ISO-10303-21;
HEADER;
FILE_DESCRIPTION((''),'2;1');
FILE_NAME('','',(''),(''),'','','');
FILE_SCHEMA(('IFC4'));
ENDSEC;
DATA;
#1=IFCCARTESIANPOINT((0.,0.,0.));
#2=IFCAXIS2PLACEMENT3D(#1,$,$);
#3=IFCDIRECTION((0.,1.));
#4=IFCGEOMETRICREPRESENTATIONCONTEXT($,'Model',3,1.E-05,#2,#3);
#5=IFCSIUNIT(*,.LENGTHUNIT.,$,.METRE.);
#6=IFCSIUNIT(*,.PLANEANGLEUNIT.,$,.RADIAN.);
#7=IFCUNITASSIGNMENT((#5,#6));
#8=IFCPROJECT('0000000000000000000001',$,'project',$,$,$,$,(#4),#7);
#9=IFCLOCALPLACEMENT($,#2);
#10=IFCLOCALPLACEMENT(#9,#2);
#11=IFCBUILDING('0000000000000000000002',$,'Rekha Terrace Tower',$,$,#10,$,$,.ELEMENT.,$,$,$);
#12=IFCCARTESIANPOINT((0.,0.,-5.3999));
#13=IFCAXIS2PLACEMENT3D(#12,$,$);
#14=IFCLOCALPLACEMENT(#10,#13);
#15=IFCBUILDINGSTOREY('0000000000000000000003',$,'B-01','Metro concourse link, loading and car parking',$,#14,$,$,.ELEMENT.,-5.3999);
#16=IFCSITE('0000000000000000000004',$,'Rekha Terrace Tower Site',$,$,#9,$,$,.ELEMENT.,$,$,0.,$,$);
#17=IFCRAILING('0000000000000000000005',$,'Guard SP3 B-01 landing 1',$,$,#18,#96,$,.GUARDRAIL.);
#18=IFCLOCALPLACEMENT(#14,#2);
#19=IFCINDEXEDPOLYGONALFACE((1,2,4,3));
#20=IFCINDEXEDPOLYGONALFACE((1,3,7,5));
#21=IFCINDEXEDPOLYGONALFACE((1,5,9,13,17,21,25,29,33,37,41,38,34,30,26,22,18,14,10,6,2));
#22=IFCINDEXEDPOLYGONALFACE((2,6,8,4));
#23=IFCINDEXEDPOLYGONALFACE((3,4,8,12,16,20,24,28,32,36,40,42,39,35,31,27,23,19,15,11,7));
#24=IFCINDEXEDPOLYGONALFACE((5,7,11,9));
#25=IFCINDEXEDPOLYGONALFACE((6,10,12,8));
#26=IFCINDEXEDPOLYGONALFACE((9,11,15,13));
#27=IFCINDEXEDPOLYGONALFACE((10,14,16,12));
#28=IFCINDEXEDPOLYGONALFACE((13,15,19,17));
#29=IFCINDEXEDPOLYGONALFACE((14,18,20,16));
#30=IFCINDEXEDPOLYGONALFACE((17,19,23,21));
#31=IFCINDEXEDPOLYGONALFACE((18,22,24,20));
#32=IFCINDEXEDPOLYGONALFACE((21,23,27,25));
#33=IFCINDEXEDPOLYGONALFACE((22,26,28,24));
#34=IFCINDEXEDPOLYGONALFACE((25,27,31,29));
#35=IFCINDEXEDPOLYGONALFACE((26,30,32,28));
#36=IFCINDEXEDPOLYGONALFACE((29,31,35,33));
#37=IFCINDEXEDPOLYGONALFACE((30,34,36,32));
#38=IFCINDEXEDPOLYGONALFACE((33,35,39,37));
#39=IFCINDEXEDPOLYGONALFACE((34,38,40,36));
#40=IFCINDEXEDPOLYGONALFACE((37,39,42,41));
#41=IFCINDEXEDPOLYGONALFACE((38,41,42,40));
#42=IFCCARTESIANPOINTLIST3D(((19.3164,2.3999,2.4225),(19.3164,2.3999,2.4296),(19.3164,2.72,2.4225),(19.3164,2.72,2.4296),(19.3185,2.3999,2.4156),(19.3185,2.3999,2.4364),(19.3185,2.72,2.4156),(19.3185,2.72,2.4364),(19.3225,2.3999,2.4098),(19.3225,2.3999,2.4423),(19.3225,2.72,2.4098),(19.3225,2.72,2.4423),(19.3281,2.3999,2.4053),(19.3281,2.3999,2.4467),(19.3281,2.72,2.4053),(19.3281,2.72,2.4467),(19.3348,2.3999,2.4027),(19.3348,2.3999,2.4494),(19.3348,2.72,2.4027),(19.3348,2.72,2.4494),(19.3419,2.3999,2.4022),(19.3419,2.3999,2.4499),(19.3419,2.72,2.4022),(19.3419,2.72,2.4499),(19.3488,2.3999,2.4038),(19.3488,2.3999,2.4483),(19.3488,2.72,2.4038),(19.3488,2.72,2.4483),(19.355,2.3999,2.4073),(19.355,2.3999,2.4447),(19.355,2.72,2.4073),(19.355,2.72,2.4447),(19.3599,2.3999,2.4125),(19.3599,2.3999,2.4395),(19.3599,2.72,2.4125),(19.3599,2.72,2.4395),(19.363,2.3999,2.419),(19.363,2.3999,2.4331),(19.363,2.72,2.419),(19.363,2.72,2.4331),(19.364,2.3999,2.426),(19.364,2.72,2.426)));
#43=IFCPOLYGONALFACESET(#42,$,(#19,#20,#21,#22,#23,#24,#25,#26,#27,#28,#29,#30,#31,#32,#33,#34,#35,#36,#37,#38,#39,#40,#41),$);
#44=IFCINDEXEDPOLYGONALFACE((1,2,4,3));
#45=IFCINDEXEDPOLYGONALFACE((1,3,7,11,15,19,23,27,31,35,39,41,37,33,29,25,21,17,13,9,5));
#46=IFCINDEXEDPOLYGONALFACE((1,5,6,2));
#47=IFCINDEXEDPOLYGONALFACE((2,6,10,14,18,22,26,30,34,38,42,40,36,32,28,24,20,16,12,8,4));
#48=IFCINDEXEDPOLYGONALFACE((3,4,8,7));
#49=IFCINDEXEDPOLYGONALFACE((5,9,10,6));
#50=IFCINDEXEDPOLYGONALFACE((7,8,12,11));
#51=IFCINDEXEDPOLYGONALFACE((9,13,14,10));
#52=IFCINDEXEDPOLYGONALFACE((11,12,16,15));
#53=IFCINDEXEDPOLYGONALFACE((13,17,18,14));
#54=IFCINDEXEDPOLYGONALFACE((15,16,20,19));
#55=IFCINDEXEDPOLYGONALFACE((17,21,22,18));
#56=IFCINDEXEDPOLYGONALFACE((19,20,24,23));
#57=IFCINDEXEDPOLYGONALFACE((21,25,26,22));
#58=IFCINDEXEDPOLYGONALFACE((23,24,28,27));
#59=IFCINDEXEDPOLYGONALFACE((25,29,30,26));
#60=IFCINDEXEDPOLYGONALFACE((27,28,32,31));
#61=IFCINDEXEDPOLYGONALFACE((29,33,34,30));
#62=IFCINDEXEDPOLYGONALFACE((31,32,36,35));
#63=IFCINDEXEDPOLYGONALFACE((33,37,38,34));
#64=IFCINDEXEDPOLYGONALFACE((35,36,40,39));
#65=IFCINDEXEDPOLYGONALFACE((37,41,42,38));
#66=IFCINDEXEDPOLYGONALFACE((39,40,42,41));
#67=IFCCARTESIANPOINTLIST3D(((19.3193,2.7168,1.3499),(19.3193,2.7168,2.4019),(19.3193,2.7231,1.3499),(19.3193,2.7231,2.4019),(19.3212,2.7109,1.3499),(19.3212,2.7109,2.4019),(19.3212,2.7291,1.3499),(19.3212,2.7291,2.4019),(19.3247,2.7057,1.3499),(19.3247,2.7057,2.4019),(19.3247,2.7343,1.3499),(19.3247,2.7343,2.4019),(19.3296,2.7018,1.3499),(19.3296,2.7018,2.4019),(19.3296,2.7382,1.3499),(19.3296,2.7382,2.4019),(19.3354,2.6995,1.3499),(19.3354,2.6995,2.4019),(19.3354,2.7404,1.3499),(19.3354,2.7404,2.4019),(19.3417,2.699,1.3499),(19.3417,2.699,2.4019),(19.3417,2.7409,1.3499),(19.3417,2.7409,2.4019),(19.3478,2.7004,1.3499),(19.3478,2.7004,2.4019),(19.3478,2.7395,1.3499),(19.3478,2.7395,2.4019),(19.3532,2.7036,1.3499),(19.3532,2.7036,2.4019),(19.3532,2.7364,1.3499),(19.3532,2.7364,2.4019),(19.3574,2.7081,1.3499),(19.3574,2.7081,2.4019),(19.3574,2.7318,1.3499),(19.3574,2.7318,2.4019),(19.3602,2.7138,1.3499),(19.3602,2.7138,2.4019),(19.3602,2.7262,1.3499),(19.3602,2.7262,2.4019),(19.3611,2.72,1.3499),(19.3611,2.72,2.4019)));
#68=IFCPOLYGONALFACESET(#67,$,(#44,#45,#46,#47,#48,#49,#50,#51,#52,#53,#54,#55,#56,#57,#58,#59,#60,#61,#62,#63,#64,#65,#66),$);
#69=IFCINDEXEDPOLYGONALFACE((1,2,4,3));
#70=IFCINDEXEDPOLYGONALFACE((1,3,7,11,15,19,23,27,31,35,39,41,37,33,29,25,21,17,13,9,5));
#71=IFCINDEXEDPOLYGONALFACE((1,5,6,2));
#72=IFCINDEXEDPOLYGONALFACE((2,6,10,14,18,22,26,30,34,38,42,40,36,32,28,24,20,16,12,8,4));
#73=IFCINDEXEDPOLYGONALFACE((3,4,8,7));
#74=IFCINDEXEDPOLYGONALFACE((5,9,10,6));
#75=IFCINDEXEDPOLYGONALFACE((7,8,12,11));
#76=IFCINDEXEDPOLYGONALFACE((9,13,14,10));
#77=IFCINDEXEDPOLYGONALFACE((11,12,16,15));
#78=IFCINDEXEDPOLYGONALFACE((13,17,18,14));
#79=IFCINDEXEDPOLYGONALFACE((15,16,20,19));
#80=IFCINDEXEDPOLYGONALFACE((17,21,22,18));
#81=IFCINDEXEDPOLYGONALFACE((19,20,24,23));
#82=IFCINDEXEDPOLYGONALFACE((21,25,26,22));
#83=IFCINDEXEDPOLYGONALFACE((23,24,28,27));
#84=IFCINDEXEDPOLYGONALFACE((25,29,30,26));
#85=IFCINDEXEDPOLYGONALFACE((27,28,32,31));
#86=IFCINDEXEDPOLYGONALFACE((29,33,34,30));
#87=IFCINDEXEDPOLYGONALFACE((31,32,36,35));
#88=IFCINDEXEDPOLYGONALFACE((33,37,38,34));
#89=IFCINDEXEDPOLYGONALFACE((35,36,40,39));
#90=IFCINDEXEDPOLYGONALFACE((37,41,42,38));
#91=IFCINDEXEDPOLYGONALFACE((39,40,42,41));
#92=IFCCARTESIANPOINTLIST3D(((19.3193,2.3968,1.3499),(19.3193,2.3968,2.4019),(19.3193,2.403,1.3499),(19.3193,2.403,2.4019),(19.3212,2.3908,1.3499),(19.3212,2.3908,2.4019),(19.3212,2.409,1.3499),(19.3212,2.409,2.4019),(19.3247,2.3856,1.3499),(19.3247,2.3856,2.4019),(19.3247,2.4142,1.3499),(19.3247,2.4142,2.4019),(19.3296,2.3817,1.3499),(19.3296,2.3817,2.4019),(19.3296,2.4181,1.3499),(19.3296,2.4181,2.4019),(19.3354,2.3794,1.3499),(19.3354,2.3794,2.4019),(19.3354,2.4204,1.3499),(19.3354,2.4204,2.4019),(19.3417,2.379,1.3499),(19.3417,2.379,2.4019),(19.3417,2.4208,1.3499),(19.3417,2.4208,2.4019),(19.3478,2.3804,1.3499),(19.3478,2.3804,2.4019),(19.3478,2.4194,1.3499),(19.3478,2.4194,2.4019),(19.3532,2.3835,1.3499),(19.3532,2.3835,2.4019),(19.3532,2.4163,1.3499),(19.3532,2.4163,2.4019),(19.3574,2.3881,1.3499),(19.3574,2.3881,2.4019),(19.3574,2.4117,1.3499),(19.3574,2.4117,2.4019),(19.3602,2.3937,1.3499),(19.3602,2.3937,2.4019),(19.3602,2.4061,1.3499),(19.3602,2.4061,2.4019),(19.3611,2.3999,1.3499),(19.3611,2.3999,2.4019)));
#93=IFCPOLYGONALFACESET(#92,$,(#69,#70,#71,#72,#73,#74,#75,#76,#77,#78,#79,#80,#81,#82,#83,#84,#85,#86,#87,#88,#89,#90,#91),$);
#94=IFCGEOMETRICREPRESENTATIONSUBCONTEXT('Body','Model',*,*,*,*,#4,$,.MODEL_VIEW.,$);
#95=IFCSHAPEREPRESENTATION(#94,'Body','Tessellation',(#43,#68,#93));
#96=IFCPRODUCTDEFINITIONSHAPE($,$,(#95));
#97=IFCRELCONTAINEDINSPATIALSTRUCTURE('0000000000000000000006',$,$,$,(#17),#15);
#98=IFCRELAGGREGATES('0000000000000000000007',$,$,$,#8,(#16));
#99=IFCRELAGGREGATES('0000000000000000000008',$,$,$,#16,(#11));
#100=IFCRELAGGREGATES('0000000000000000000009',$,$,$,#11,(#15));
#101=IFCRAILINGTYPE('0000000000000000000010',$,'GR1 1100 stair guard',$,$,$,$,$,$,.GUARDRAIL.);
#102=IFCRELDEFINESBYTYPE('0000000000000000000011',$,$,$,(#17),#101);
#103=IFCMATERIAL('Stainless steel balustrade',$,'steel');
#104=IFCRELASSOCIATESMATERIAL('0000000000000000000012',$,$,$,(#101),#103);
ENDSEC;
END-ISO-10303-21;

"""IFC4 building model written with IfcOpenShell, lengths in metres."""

from ifc_helpers import new_model, si_unit, direction, frame, origin, origin_2d, place, context, subcontext, project, spatial, circle, extrude, material, type_object, element, save


model = new_model("IFC4")

# Units and contexts
model_context = context("Model", 3, precision=1e-05, world=origin(), true_north=direction((0.0, 1.0)))
body_context = subcontext(model_context, "Body", "Model", "MODEL_VIEW")
ifc_project = project(units=[si_unit("LENGTHUNIT", "METRE"), si_unit("PLANEANGLEUNIT", "RADIAN")], contexts=[model_context])

# Site, building, storey
site_placement = place(None, origin())
site = spatial("IfcSite", under=ifc_project, at=site_placement, Name="Rekha Terrace Tower Site", CompositionType="ELEMENT", RefElevation=0.0)
building_placement = place(site_placement, origin())
building = spatial("IfcBuilding", under=site, at=building_placement, Name="Rekha Terrace Tower", CompositionType="ELEMENT")
storey_placement = place(building_placement, frame((0.0, 0.0, -5.3999)))
storey = spatial("IfcBuildingStorey", under=building, at=storey_placement, Name="B-01", Description="Metro concourse link, loading and car parking", CompositionType="ELEMENT", Elevation=-5.3999)

# Railing
ifc_material_1 = material(Name="Stainless steel balustrade", Category="steel")
railing_type_1 = type_object("IfcRailingType", Name="GR1 1100 stair guard", PredefinedType="GUARDRAIL", material=ifc_material_1)
railing_1_placement = place(storey_placement, frame((19.3401, 2.72, 1.3499)))
element("IfcRailing", 1, at=railing_1_placement, inside=storey, type_object=railing_type_1, Name="Guard SP3 B-01 landing 1", PredefinedType="GUARDRAIL", context=body_context, shape_type="SweptSolid", body=[
    extrude(circle(Radius=0.0239, at=origin_2d()), frame((0.0, 0.0, 1.0762), z_axis=(0.0, -1.0, 0.0), x_axis=(1.0, 0.0, 0.0)), (0.0, 0.0, 1.0), 0.3201),
    extrude(circle(Radius=0.021, at=origin_2d()), origin(), (0.0, 0.0, 1.0), 1.052),
    extrude(circle(Radius=0.021, at=origin_2d()), frame((0.0, -0.3201, 0.0)), (0.0, 0.0, 1.0), 1.052),
])

save(model, "model.ifc")
